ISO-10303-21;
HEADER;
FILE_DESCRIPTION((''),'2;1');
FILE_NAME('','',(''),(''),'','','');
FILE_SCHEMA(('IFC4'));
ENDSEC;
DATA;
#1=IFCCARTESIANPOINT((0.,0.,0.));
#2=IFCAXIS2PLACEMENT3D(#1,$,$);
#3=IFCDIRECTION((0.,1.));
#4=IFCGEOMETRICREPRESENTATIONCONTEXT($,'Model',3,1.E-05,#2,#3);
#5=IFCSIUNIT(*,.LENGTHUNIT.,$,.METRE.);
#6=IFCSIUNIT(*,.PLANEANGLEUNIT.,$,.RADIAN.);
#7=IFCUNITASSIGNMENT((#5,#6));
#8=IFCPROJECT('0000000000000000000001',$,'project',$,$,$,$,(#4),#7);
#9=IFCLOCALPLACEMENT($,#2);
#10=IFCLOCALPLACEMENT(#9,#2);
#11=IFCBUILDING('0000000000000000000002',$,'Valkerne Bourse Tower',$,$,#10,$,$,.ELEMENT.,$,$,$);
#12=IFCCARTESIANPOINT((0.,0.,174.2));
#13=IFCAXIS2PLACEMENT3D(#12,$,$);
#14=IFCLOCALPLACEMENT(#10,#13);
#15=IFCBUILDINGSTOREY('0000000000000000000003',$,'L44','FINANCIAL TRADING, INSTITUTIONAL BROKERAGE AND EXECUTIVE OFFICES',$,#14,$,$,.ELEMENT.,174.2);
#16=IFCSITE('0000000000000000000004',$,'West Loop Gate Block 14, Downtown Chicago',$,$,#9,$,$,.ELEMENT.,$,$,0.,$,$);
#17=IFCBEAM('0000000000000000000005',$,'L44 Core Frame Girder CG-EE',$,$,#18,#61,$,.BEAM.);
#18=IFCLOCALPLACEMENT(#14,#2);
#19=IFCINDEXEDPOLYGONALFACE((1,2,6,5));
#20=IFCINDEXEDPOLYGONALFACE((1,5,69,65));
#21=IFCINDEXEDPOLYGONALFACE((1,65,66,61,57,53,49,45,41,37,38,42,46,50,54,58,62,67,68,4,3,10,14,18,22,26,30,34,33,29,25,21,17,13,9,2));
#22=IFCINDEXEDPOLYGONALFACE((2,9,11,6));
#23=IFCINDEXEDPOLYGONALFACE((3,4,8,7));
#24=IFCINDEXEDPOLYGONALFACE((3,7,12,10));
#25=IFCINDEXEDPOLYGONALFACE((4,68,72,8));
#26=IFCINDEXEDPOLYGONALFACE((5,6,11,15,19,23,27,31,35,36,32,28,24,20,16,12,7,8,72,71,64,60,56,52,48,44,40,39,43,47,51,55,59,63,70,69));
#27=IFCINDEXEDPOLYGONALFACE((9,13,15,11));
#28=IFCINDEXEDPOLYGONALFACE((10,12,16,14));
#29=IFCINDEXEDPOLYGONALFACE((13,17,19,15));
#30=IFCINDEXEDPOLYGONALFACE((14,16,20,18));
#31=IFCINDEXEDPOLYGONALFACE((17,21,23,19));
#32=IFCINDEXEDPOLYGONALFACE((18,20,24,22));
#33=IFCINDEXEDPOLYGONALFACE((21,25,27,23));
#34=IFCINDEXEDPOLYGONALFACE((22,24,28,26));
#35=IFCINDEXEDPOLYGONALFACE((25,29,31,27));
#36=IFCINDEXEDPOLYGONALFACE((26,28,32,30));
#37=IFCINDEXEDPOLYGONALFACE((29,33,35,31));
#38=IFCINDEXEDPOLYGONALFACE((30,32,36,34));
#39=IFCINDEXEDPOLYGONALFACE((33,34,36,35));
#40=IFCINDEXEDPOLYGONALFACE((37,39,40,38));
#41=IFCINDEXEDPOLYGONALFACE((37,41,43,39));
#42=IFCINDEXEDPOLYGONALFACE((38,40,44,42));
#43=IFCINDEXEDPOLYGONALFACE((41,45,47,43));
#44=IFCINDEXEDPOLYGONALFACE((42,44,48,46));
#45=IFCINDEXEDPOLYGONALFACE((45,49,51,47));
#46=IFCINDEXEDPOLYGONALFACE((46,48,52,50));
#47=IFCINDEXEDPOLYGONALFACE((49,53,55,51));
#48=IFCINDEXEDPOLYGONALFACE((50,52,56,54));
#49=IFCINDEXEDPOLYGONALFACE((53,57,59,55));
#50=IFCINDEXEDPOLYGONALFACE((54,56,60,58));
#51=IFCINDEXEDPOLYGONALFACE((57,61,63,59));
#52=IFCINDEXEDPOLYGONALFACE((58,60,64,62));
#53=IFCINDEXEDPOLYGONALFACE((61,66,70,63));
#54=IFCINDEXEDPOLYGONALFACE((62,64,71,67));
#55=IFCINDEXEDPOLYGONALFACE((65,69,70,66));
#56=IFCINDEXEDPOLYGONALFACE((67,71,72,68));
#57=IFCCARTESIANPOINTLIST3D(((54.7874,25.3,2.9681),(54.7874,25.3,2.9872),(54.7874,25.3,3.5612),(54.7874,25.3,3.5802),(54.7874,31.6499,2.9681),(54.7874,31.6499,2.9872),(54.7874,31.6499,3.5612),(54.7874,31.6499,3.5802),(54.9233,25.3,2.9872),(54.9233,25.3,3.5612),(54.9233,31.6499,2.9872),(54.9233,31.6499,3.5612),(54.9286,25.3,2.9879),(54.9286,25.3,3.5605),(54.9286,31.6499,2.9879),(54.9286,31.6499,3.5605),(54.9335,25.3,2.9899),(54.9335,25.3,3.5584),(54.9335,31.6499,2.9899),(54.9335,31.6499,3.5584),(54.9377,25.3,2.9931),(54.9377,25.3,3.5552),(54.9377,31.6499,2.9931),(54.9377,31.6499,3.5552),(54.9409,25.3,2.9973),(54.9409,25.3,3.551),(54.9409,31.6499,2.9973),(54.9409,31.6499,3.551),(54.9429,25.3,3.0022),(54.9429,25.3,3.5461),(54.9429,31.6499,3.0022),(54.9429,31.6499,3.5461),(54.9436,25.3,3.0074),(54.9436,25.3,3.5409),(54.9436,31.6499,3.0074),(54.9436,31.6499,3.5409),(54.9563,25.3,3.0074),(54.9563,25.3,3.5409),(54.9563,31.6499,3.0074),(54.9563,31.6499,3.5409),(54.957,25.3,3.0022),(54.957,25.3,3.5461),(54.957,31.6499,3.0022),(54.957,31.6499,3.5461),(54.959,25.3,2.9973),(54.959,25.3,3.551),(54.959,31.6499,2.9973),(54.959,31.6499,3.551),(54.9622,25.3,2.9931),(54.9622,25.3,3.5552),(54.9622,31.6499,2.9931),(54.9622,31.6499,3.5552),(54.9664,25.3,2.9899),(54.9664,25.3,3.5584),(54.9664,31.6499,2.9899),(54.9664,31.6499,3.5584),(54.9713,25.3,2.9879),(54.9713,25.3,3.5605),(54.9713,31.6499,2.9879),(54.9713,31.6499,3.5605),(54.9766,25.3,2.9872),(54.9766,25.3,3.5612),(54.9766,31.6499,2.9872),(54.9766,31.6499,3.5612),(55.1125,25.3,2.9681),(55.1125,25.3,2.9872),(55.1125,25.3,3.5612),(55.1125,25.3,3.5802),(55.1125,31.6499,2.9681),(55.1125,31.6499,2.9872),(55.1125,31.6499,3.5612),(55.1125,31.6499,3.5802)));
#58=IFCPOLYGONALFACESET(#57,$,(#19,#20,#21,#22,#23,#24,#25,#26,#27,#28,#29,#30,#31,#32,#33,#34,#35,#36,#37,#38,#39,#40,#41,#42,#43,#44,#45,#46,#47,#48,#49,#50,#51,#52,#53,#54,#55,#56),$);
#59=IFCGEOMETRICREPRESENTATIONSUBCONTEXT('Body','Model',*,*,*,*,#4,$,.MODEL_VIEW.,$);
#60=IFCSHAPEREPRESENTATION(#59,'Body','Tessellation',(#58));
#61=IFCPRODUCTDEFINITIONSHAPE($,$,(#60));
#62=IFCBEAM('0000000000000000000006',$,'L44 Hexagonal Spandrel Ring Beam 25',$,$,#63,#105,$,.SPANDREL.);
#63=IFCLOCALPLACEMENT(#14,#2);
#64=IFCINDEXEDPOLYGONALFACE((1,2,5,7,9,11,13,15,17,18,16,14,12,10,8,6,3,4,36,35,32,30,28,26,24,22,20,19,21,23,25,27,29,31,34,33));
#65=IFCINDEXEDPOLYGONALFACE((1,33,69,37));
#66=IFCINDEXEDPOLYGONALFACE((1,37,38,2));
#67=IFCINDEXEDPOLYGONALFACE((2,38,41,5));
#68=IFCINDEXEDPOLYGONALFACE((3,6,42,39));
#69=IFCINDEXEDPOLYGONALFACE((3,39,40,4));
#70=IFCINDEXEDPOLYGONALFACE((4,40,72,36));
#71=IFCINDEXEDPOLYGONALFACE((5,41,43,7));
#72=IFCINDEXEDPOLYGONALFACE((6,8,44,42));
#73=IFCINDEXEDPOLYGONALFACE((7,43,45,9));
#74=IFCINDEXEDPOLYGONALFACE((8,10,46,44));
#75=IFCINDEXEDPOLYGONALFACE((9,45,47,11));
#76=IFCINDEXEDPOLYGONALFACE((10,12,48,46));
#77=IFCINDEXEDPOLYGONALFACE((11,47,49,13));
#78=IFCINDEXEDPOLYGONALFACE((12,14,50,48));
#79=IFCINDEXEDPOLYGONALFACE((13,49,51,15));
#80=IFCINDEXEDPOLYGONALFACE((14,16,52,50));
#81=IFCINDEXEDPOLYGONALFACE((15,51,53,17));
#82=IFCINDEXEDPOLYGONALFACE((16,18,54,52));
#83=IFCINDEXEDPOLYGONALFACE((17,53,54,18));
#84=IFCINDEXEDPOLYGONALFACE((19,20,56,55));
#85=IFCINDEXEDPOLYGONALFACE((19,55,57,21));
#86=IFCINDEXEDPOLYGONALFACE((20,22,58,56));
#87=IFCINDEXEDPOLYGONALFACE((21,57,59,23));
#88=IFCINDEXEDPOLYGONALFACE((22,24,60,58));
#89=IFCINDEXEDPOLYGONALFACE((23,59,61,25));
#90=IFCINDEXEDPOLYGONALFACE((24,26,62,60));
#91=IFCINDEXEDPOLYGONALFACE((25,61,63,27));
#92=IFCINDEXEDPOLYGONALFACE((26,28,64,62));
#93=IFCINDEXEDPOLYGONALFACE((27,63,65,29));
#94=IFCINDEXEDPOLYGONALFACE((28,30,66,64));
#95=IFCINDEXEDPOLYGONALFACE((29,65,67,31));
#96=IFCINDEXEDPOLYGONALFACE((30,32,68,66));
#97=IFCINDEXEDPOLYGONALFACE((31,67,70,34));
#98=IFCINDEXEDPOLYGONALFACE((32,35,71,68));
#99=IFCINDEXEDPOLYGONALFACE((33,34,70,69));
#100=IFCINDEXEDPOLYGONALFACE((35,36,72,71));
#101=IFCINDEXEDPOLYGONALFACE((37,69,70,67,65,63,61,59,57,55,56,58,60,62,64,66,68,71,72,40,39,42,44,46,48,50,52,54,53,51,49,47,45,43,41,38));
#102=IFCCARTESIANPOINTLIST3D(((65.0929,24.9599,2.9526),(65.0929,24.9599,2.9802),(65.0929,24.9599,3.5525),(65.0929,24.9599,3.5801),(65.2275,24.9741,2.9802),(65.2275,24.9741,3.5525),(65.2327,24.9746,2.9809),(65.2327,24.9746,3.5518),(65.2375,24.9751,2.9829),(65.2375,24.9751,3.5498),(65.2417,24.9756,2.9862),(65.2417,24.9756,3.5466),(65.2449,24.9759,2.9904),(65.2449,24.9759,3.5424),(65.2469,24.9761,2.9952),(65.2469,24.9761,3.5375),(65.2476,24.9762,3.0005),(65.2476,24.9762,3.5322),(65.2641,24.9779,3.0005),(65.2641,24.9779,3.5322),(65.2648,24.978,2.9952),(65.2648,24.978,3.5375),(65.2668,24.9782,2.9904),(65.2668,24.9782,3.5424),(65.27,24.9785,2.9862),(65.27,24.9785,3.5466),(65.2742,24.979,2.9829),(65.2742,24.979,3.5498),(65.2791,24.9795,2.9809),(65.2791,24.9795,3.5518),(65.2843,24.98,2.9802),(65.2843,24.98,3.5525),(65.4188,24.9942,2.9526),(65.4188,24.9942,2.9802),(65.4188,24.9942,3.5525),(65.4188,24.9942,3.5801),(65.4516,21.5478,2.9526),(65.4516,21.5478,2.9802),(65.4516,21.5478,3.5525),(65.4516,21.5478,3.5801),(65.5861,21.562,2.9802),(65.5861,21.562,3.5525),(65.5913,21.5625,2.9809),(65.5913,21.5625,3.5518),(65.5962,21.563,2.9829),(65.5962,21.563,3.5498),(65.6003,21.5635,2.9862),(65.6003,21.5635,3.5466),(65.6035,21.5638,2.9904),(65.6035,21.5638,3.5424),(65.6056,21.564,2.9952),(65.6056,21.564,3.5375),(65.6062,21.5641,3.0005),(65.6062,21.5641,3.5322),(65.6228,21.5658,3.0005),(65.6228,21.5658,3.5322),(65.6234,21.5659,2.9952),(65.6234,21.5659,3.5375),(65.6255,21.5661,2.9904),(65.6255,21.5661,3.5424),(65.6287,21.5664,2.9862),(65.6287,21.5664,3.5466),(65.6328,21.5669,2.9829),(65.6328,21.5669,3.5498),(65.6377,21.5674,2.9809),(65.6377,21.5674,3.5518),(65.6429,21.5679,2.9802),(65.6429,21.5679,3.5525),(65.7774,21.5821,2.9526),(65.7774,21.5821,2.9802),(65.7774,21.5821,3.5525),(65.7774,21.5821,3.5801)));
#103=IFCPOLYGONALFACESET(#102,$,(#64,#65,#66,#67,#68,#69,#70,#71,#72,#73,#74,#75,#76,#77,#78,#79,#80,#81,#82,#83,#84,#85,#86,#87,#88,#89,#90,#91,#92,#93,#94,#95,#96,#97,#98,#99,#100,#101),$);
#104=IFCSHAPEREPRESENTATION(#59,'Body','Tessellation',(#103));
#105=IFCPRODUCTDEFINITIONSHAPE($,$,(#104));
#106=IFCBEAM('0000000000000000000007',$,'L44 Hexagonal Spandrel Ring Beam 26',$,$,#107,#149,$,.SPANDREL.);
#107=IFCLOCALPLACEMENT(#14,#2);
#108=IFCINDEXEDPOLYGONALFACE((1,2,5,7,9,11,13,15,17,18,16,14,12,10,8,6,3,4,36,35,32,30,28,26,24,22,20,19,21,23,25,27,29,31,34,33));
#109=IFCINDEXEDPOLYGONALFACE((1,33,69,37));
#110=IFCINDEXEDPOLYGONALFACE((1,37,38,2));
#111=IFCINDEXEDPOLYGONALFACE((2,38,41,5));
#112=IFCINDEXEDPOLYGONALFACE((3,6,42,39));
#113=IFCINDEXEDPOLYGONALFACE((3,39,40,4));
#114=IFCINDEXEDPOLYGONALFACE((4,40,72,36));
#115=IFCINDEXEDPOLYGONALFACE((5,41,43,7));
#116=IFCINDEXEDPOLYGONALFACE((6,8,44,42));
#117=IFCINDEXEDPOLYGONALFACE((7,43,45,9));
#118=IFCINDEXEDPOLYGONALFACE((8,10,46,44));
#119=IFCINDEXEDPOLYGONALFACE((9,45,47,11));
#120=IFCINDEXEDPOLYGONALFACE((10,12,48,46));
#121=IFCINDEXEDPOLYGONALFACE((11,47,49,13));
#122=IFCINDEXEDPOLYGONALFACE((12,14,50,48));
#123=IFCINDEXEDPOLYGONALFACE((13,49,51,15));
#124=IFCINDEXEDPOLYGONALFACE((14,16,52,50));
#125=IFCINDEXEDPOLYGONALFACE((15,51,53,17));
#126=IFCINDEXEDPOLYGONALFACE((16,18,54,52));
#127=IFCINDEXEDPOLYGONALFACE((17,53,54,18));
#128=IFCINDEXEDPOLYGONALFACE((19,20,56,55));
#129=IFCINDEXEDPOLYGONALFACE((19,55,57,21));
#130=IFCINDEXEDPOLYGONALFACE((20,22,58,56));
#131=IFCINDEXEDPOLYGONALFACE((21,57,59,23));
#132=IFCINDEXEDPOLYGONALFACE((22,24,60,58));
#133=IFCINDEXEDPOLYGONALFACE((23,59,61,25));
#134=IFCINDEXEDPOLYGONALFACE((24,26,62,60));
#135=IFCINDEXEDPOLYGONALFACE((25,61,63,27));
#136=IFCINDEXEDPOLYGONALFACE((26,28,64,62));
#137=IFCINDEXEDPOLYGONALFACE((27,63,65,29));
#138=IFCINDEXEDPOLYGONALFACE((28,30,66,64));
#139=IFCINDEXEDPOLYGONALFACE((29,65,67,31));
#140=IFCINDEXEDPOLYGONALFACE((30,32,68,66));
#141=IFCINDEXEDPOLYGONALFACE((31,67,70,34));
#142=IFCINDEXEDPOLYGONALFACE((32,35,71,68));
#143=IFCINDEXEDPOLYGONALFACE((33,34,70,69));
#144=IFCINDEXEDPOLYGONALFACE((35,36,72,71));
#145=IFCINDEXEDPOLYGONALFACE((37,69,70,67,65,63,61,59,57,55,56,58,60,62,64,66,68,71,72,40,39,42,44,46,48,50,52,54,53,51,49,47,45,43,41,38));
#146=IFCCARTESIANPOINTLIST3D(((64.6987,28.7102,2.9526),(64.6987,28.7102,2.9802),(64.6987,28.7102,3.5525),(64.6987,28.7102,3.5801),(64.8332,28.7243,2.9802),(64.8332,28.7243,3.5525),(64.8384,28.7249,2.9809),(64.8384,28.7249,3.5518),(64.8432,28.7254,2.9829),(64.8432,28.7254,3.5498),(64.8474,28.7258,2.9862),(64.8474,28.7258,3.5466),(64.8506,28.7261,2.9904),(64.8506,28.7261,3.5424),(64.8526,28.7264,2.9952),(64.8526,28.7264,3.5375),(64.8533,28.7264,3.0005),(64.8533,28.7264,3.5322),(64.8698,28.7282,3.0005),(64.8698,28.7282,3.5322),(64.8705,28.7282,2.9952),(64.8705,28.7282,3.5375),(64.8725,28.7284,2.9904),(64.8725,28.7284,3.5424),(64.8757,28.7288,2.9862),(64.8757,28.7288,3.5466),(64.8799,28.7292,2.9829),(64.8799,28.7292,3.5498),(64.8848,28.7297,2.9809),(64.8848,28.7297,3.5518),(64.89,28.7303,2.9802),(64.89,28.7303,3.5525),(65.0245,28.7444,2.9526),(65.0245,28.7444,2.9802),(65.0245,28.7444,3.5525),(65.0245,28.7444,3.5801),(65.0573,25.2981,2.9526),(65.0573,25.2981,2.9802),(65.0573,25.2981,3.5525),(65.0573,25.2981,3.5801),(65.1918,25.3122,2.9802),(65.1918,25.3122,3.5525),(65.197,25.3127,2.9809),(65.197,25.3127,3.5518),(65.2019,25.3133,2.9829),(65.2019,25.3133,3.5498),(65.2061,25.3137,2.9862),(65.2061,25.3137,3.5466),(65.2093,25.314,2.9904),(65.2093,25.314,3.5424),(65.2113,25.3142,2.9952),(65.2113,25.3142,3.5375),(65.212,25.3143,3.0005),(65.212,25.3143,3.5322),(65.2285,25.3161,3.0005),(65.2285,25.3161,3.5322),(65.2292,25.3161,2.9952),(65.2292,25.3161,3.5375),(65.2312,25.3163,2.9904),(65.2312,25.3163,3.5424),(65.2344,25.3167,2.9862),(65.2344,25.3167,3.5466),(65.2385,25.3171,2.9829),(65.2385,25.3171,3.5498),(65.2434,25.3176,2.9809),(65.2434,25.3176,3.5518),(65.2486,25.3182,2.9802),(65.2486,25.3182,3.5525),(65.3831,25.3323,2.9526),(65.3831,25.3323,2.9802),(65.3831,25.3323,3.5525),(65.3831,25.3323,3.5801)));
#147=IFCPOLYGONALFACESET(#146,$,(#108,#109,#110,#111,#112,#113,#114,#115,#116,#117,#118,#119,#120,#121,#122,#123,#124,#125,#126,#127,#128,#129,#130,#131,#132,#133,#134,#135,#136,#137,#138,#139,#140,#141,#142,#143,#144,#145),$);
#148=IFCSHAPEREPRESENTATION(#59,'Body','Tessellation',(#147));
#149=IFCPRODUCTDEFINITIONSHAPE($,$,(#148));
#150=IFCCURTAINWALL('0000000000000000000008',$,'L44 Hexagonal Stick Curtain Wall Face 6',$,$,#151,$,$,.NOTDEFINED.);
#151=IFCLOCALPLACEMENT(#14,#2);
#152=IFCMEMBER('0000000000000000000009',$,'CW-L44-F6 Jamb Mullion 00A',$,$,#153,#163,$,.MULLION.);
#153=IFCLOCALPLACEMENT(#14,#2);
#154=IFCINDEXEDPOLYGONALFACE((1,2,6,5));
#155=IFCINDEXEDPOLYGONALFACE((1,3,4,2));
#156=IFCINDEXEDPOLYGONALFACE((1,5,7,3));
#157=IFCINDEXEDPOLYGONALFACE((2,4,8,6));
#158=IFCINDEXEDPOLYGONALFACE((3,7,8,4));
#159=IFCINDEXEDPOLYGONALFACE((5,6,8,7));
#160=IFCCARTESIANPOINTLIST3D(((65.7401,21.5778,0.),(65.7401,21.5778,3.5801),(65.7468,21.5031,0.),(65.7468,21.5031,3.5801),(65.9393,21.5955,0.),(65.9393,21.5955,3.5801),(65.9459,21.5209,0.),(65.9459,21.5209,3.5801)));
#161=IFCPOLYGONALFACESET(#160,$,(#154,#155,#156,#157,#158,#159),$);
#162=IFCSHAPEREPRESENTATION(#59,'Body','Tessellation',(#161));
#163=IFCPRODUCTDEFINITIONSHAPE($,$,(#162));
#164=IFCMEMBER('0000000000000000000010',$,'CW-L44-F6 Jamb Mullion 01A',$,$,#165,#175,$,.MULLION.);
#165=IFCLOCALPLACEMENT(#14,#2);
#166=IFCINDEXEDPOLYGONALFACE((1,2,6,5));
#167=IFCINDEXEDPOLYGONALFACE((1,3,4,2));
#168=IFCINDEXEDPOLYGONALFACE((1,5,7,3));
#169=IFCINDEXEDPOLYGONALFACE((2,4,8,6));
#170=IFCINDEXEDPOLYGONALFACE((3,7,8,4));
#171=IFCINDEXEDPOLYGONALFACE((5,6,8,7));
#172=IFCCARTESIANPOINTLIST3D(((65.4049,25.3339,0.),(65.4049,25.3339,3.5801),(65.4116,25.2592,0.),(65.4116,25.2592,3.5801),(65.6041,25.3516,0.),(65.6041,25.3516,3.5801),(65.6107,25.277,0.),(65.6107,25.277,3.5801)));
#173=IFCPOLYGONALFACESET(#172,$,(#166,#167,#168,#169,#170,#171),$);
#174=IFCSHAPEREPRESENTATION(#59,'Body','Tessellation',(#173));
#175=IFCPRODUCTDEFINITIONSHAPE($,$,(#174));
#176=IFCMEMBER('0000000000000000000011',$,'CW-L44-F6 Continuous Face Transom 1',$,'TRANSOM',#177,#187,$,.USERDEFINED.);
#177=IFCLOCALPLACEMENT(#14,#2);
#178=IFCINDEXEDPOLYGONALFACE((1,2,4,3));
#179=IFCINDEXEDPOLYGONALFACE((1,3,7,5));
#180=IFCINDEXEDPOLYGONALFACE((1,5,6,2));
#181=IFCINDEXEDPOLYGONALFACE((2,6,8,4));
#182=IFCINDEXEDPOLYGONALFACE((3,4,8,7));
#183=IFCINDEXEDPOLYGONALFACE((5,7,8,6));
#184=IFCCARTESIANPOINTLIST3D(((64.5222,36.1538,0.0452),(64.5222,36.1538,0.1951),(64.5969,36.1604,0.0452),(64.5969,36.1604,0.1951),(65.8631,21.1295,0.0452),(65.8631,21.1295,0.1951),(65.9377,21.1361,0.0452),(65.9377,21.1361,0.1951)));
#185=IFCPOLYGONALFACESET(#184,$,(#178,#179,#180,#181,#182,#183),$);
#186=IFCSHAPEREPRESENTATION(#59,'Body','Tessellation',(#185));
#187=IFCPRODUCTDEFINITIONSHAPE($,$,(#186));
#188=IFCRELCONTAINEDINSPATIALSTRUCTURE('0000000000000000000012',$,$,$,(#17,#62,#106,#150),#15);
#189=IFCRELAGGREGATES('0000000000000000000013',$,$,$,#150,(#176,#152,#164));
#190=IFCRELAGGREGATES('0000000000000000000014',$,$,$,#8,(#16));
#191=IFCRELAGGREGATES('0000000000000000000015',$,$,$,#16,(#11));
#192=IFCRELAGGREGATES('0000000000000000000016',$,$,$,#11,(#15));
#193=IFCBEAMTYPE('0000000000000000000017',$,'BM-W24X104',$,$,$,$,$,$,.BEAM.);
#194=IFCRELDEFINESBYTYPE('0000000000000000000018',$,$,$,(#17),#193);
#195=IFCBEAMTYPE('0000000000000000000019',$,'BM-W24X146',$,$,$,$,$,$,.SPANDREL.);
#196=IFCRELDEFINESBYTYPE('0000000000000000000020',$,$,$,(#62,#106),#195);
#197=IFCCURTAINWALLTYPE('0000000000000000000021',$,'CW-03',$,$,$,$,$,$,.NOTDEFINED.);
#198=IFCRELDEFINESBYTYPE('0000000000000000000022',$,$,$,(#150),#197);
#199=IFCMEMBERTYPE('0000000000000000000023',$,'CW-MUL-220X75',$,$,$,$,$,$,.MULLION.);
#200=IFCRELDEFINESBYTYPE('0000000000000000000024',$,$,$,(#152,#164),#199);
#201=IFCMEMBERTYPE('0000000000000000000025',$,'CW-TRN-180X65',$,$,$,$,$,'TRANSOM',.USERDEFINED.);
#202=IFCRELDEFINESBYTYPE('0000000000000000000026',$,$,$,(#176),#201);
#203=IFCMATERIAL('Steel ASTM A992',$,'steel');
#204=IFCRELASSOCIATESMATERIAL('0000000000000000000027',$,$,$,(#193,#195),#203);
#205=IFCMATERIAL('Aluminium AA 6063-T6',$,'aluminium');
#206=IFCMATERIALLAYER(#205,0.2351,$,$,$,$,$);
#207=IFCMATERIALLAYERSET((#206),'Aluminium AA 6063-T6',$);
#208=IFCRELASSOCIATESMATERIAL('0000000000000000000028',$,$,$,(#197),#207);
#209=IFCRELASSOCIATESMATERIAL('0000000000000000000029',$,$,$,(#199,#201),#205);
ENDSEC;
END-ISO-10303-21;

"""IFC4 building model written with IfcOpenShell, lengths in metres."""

from ifc_helpers import new_model, si_unit, direction, frame, origin, origin_2d, place, context, subcontext, project, spatial, rectangle, i_section, extrude, material, layer, layer_set, material_profile, profile_set, type_object, element, aggregate, save


model = new_model("IFC4")

# Units and contexts
model_context = context("Model", 3, precision=1e-05, world=origin(), true_north=direction((0.0, 1.0)))
body_context = subcontext(model_context, "Body", "Model", "MODEL_VIEW")
ifc_project = project(units=[si_unit("LENGTHUNIT", "METRE"), si_unit("PLANEANGLEUNIT", "RADIAN")], contexts=[model_context])

# Site, building, storey
site_placement = place(None, origin())
site = spatial("IfcSite", under=ifc_project, at=site_placement, Name="West Loop Gate Block 14, Downtown Chicago", CompositionType="ELEMENT", RefElevation=0.0)
building_placement = place(site_placement, origin())
building = spatial("IfcBuilding", under=site, at=building_placement, Name="Valkerne Bourse Tower", CompositionType="ELEMENT")
storey_placement = place(building_placement, frame((0.0, 0.0, 174.2)))
storey = spatial("IfcBuildingStorey", under=building, at=storey_placement, Name="L44", Description="FINANCIAL TRADING, INSTITUTIONAL BROKERAGE AND EXECUTIVE OFFICES", CompositionType="ELEMENT", Elevation=174.2)

# Beams
ifc_material_1 = material(Name="Steel ASTM A992", Category="steel")
ifc_material_profile_1 = material_profile(ifc_material_1, i_section(OverallWidth=0.3252, OverallDepth=0.6121, WebThickness=0.0127, FlangeThickness=0.019, FilletRadius=0.0203, at=origin_2d()), Name="W24X104")
ifc_profile_set_1 = profile_set([ifc_material_profile_1], Name="Steel ASTM A992")
beam_type_1 = type_object("IfcBeamType", Name="BM-W24X104", PredefinedType="BEAM", material=ifc_profile_set_1)
beam_1_placement = place(storey_placement, frame((54.95, 25.3, 3.2742), z_axis=(0.0, 1.0, 0.0), x_axis=(-1.0, 0.0, 0.0)))
element("IfcBeam", 1, at=beam_1_placement, inside=storey, type_object=beam_type_1, Name="L44 Core Frame Girder CG-EE", PredefinedType="BEAM", context=body_context, shape_type="SweptSolid", body=[
    extrude(i_section(OverallWidth=0.3252, OverallDepth=0.6121, WebThickness=0.0127, FlangeThickness=0.019, FilletRadius=0.0203, at=origin_2d()), origin(), (0.0, 0.0, 1.0), 6.3499),
])
ifc_material_profile_2 = material_profile(ifc_material_1, i_section(OverallWidth=0.3276, OverallDepth=0.6274, WebThickness=0.0166, FlangeThickness=0.0276, FilletRadius=0.0203, at=origin_2d()), Name="W24X146")
ifc_profile_set_2 = profile_set([ifc_material_profile_2], Name="Steel ASTM A992")
beam_type_2 = type_object("IfcBeamType", Name="BM-W24X146", PredefinedType="SPANDREL", material=ifc_profile_set_2)
for number, where, z_axis, x_axis, name in (
    (2, (65.6145, 21.5649, 3.2664), (-0.104533, 0.994521, 0.0), (-0.994521, -0.104533, 0.0), "L44 Hexagonal Spandrel Ring Beam 25"),
    (3, (65.2202, 25.3152, 3.2664), (-0.104533, 0.994521, 0.0), (-0.994521, -0.104533, 0.0), "L44 Hexagonal Spandrel Ring Beam 26"),
):
    element("IfcBeam", number, at=place(storey_placement, frame(where, z_axis=z_axis, x_axis=x_axis)), inside=storey, type_object=beam_type_2, Name=name, PredefinedType="SPANDREL", context=body_context, shape_type="SweptSolid", body=[
        extrude(i_section(OverallWidth=0.3276, OverallDepth=0.6274, WebThickness=0.0166, FlangeThickness=0.0276, FilletRadius=0.0203, at=origin_2d()), origin(), (0.0, 0.0, 1.0), 3.4309),
    ])

# Curtain wall, members
ifc_material_2 = material(Name="Aluminium AA 6063-T6", Category="aluminium")
ifc_layer_1 = layer(ifc_material_2, 0.2351)
ifc_layer_set_1 = layer_set([ifc_layer_1], Name="Aluminium AA 6063-T6")
curtain_wall_type = type_object("IfcCurtainWallType", Name="CW-03", PredefinedType="NOTDEFINED", material=ifc_layer_set_1)
curtain_wall_placement = place(storey_placement, origin())
curtain_wall = element("IfcCurtainWall", 4, at=curtain_wall_placement, inside=storey, type_object=curtain_wall_type, Name="L44 Hexagonal Stick Curtain Wall Face 6", PredefinedType="NOTDEFINED")
ifc_material_profile_3 = material_profile(ifc_material_2, rectangle(XDim=0.075, YDim=0.2, at=origin_2d()), Name="CWM-75X200")
ifc_profile_set_3 = profile_set([ifc_material_profile_3], Name="Aluminium AA 6063-T6")
member_type_1 = type_object("IfcMemberType", Name="CW-MUL-220X75", PredefinedType="MULLION", material=ifc_profile_set_3)
member_1_placement = place(storey_placement, frame((65.843, 21.5493, 0.0), z_axis=(0.0, 0.0, 1.0), x_axis=(-0.088888, 0.996042, 0.0)))
member_1 = element("IfcMember", 5, at=member_1_placement, type_object=member_type_1, Name="CW-L44-F6 Jamb Mullion 00A", PredefinedType="MULLION", context=body_context, shape_type="SweptSolid", body=[
    extrude(rectangle(XDim=0.075, YDim=0.2, at=origin_2d()), origin(), (0.0, 0.0, 1.0), 3.5801),
])
member_2_placement = place(storey_placement, frame((65.5078, 25.3054, 0.0), z_axis=(0.0, 0.0, 1.0), x_axis=(-0.088891, 0.996041, 0.0)))
member_2 = element("IfcMember", 6, at=member_2_placement, type_object=member_type_1, Name="CW-L44-F6 Jamb Mullion 01A", PredefinedType="MULLION", context=body_context, shape_type="SweptSolid", body=[
    extrude(rectangle(XDim=0.075, YDim=0.2, at=origin_2d()), origin(), (0.0, 0.0, 1.0), 3.5801),
])
ifc_material_profile_4 = material_profile(ifc_material_2, rectangle(XDim=0.075, YDim=0.1499, at=origin_2d()), Name="CWT-75X150")
ifc_profile_set_4 = profile_set([ifc_material_profile_4], Name="Aluminium AA 6063-T6")
member_type_2 = type_object("IfcMemberType", Name="CW-TRN-180X65", ElementType="TRANSOM", PredefinedType="USERDEFINED", material=ifc_profile_set_4)
member_3_placement = place(storey_placement, frame((65.9004, 21.1328, 0.1201), z_axis=(-0.088891, 0.996041, 0.0), x_axis=(-0.996041, -0.088891, 0.0)))
member_3 = element("IfcMember", 7, at=member_3_placement, type_object=member_type_2, Name="CW-L44-F6 Continuous Face Transom 1", ObjectType="TRANSOM", PredefinedType="USERDEFINED", context=body_context, shape_type="SweptSolid", body=[
    extrude(rectangle(XDim=0.075, YDim=0.1499, at=origin_2d()), origin(), (0.0, 0.0, 1.0), 15.084),
])

aggregate(curtain_wall, [member_3, member_1, member_2])

save(model, "model.ifc")
